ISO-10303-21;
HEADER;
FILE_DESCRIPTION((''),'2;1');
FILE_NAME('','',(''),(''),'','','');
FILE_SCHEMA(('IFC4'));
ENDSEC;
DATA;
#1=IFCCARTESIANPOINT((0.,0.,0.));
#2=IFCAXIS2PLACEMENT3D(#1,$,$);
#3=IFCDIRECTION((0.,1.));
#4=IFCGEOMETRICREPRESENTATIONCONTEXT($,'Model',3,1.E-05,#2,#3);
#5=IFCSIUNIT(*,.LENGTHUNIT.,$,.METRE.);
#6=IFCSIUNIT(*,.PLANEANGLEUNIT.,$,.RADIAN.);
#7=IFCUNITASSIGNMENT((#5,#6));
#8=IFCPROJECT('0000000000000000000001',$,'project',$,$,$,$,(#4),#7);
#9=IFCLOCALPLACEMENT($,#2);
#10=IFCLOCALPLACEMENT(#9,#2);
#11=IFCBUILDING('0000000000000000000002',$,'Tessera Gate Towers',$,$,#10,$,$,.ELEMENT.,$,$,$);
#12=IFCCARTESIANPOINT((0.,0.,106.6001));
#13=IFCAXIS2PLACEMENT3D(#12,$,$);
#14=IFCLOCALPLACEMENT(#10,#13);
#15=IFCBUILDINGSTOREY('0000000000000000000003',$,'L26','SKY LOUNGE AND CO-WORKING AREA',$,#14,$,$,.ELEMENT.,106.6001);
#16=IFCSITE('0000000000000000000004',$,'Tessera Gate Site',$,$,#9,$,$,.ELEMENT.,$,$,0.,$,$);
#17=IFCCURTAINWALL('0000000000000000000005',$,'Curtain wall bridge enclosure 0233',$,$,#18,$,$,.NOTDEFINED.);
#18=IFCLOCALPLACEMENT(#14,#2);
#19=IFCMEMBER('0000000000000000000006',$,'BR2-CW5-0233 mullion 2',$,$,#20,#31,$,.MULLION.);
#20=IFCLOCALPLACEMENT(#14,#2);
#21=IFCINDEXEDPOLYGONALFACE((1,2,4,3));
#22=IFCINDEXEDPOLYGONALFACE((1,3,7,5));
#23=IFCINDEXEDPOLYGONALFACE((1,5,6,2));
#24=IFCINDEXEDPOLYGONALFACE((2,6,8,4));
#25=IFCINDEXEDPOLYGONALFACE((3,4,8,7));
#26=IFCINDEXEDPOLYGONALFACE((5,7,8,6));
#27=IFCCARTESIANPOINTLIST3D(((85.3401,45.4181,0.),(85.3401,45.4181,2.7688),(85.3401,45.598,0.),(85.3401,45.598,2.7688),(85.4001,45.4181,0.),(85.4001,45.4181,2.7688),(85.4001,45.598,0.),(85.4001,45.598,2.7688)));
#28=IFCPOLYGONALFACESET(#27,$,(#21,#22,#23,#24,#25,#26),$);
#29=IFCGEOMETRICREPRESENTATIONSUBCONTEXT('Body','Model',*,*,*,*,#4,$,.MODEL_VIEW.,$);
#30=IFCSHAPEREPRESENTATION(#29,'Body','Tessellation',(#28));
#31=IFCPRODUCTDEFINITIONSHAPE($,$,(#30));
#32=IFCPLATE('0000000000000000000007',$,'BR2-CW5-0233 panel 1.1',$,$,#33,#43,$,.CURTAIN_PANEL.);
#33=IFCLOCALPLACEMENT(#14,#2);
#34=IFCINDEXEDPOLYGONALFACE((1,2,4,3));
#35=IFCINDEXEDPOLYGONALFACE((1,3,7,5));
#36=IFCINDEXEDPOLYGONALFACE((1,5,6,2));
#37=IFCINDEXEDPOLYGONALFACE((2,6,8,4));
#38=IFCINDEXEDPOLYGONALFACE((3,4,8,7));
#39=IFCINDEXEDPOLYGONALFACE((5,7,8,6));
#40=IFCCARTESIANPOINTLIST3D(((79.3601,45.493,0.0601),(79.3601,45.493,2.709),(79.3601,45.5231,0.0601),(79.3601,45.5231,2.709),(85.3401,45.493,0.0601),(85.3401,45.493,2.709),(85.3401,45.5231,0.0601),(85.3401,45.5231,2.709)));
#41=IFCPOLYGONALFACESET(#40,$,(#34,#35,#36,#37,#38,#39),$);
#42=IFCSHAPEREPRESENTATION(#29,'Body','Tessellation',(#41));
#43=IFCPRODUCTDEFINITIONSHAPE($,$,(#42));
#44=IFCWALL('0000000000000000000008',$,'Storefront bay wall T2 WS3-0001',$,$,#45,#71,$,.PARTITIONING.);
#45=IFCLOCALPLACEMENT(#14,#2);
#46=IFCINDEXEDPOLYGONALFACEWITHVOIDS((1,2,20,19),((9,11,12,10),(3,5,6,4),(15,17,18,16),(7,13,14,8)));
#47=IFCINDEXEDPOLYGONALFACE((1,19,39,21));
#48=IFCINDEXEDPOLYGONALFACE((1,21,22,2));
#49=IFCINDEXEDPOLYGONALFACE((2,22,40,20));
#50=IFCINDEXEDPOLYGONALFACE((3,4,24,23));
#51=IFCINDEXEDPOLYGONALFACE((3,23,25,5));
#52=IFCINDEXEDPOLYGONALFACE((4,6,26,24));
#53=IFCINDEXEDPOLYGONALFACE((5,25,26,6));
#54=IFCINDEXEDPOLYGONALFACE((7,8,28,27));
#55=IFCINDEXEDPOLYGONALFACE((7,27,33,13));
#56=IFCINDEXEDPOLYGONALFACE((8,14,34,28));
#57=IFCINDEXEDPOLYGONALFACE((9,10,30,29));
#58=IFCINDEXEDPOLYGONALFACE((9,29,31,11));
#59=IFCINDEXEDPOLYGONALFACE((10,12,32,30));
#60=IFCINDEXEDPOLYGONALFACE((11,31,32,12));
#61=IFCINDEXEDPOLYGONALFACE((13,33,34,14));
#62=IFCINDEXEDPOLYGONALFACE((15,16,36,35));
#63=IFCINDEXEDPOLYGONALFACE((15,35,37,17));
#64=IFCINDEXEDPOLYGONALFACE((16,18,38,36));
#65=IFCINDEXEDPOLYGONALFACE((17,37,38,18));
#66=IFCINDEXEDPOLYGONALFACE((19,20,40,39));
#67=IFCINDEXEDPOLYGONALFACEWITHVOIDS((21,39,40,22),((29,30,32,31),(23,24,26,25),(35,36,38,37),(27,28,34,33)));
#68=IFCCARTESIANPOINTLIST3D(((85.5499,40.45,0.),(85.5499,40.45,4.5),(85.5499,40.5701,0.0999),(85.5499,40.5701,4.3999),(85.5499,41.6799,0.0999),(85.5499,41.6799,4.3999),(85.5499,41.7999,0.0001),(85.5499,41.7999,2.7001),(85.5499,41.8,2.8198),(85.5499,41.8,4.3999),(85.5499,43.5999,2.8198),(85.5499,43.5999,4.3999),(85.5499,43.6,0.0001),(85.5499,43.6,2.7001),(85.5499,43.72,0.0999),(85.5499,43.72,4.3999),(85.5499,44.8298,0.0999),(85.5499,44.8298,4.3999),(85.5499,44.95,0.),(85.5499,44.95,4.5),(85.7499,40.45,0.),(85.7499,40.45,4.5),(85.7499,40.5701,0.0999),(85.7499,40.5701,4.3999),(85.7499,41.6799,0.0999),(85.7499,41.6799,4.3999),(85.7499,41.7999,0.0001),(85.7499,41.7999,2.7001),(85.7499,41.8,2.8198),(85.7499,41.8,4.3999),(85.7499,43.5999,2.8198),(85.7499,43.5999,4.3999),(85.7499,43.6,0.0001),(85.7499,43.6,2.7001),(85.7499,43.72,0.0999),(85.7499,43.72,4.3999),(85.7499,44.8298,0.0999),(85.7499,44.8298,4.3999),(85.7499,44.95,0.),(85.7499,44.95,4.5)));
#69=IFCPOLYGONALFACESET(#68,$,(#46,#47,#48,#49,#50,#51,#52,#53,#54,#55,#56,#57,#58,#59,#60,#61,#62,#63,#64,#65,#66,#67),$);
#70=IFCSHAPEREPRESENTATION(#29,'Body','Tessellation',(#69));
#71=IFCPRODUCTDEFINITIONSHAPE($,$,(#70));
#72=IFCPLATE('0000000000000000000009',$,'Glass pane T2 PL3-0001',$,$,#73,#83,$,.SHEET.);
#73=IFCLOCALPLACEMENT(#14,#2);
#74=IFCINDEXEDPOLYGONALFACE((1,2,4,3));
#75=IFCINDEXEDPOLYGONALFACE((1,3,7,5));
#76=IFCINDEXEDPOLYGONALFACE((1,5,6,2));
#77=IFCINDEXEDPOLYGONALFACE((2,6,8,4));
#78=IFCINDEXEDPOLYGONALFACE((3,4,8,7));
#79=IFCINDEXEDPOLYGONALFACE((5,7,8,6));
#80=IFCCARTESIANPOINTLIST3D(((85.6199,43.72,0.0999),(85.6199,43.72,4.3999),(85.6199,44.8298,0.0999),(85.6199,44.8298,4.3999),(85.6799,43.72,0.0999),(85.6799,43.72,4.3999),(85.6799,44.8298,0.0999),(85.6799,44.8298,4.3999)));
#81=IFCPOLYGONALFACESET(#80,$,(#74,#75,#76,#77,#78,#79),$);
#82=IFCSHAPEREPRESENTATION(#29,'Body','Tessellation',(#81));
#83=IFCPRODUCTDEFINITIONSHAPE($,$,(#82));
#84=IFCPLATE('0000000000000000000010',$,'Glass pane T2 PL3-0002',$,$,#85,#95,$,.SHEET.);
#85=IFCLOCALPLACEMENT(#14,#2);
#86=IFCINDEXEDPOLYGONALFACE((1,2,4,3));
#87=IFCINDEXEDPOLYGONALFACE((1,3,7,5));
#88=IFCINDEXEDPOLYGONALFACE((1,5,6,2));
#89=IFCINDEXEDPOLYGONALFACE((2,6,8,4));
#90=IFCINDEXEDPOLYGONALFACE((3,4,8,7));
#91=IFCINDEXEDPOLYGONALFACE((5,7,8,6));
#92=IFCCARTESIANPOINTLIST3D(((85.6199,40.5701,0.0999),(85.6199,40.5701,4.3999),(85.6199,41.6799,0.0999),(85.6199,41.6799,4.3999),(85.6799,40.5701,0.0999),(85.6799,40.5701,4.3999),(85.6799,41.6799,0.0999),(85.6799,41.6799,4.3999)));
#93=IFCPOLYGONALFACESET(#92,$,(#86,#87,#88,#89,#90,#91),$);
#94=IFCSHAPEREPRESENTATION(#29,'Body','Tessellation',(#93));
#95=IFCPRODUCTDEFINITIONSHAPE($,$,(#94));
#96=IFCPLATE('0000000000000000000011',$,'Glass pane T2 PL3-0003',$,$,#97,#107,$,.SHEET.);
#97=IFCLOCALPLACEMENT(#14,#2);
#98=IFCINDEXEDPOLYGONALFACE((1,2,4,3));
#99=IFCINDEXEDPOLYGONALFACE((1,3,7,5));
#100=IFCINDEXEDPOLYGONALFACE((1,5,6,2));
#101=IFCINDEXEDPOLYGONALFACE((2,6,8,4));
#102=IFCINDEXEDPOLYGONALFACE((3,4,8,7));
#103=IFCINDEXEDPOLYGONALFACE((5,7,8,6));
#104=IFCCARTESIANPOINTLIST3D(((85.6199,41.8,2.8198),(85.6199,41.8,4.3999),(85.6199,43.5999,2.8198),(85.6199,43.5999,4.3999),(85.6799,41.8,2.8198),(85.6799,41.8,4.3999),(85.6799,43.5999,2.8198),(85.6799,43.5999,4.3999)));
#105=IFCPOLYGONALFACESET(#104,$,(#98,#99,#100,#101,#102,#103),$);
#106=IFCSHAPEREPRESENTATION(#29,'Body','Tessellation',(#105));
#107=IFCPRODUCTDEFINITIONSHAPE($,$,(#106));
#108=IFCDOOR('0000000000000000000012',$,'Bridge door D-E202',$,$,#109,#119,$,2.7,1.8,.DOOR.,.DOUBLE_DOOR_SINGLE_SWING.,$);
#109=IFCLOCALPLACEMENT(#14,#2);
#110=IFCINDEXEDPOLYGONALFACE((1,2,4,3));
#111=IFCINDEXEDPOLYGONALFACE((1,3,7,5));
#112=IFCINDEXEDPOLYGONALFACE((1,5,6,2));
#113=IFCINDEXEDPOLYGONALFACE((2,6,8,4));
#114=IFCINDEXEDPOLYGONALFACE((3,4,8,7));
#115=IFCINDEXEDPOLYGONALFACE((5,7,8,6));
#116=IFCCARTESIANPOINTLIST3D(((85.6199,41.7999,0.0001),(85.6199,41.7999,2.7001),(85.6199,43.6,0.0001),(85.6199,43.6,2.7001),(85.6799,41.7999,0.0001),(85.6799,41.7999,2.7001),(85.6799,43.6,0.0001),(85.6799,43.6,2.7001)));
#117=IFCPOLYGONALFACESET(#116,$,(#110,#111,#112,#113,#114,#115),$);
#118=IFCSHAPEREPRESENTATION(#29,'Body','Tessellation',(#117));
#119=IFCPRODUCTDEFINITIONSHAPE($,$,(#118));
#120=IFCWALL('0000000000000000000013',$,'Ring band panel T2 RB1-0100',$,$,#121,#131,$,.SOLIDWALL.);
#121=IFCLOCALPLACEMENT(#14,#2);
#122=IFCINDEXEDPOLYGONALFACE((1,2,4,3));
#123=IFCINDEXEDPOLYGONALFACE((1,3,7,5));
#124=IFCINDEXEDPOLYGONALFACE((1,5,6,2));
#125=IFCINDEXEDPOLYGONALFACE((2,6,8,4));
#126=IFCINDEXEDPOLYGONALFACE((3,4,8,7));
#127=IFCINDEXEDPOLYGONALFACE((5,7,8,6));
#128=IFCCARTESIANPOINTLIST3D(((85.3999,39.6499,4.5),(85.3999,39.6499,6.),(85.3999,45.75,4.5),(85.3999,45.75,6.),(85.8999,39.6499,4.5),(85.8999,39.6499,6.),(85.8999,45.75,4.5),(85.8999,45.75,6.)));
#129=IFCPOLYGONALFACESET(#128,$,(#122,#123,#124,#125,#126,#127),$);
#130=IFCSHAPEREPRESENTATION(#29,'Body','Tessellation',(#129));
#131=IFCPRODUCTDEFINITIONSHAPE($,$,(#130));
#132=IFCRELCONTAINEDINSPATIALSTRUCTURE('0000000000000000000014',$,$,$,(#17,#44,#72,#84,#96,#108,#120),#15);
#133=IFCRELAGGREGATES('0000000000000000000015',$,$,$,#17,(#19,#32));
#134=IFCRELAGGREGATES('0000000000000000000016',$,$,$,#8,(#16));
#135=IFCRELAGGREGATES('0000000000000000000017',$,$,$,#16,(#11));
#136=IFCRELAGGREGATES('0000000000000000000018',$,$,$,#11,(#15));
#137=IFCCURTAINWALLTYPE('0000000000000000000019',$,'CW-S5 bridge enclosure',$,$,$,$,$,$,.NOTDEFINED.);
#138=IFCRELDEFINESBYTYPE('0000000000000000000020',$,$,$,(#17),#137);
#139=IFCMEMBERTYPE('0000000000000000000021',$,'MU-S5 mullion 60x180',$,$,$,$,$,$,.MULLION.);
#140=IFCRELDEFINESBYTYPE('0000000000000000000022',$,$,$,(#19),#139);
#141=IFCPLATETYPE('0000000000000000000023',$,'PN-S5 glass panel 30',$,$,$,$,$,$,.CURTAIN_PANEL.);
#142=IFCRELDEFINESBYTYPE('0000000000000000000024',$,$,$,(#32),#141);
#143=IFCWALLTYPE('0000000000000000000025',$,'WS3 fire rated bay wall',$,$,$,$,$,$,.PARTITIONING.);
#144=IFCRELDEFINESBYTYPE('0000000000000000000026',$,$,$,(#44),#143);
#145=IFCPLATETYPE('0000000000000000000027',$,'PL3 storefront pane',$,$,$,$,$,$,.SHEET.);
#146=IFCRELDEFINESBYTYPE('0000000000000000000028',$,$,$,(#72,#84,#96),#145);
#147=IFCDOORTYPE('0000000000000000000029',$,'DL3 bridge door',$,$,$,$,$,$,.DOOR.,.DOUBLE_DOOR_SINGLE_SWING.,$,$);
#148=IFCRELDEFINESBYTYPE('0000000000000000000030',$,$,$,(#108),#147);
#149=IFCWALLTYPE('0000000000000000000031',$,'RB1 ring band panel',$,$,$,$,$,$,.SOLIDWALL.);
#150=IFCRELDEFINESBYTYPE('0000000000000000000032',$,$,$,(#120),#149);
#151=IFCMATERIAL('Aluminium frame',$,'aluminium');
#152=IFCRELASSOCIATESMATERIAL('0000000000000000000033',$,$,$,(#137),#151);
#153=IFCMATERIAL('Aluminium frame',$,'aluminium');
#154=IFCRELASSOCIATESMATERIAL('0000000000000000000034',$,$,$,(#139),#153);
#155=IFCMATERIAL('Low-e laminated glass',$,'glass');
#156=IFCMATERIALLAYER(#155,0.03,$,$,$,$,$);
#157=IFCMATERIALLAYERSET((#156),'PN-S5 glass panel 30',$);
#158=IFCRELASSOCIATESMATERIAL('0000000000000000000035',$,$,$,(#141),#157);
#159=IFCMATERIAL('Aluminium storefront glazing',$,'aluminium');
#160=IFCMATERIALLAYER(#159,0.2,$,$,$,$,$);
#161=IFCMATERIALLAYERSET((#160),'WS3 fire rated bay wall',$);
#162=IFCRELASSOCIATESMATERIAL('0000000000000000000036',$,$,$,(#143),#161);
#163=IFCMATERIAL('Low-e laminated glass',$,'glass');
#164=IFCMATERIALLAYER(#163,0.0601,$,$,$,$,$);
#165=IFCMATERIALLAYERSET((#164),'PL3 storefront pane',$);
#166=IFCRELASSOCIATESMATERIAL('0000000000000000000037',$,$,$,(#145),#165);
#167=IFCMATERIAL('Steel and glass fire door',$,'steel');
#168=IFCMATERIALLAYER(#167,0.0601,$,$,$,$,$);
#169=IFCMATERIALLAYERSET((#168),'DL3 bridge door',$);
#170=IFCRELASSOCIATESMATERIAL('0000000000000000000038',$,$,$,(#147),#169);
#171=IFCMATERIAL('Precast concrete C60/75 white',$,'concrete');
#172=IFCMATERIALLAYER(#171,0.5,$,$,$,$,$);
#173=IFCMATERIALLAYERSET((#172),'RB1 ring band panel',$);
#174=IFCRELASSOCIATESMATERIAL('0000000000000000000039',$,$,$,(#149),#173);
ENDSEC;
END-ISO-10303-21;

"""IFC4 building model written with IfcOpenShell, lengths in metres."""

from ifc_helpers import new_model, si_unit, direction, frame, frame_2d, origin, origin_2d, place, context, subcontext, project, spatial, polyline, rectangle, outline, extrude, source, transform, mapped, material, layer, layer_set, material_profile, profile_set, type_object, element, fill, aggregate, save


model = new_model("IFC4")

# Units and contexts
model_context = context("Model", 3, precision=1e-05, world=origin(), true_north=direction((0.0, 1.0)))
body_context = subcontext(model_context, "Body", "Model", "MODEL_VIEW")
ifc_project = project(units=[si_unit("LENGTHUNIT", "METRE"), si_unit("PLANEANGLEUNIT", "RADIAN")], contexts=[model_context])

# Site, building, storey
site_placement = place(None, origin())
site = spatial("IfcSite", under=ifc_project, at=site_placement, Name="Tessera Gate Site", CompositionType="ELEMENT", RefElevation=0.0)
building_placement = place(site_placement, origin())
building = spatial("IfcBuilding", under=site, at=building_placement, Name="Tessera Gate Towers", CompositionType="ELEMENT")
storey_placement = place(building_placement, frame((0.0, 0.0, 106.6001)))
storey = spatial("IfcBuildingStorey", under=building, at=storey_placement, Name="L26", Description="SKY LOUNGE AND CO-WORKING AREA", CompositionType="ELEMENT", Elevation=106.6001)

# Curtain wall, member, plate
ifc_material_1 = material(Name="Aluminium frame", Category="aluminium")
curtain_wall_type = type_object("IfcCurtainWallType", Name="CW-S5 bridge enclosure", PredefinedType="NOTDEFINED", material=ifc_material_1)
curtain_wall_placement = place(storey_placement, origin())
curtain_wall = element("IfcCurtainWall", 1, at=curtain_wall_placement, inside=storey, type_object=curtain_wall_type, Name="Curtain wall bridge enclosure 0233", PredefinedType="NOTDEFINED")
ifc_material_2 = material(Name="Aluminium frame", Category="aluminium")
ifc_material_profile_1 = material_profile(ifc_material_2, rectangle(XDim=0.0601, YDim=0.1799, at=origin_2d()), Name="AL 60x180")
ifc_profile_set_1 = profile_set([ifc_material_profile_1], Name="Aluminium frame")
member_type_1 = type_object("IfcMemberType", Name="MU-S5 mullion 60x180", PredefinedType="MULLION", material=ifc_profile_set_1)
member_1_placement = place(storey_placement, frame((85.3701, 45.5081, 0.0), z_axis=(0.0, 0.0, 1.0), x_axis=(1.0, 0.0, 0.0)))
member_1 = element("IfcMember", 2, at=member_1_placement, type_object=member_type_1, Name="BR2-CW5-0233 mullion 2", PredefinedType="MULLION", context=body_context, shape_type="SweptSolid", body=[
    extrude(rectangle(XDim=0.0601, YDim=0.1799, at=origin_2d()), origin(), (0.0, 0.0, 1.0), 2.7688),
])
ifc_material_3 = material(Name="Low-e laminated glass", Category="glass")
ifc_layer_1 = layer(ifc_material_3, 0.03)
ifc_layer_set_1 = layer_set([ifc_layer_1], Name="PN-S5 glass panel 30")
plate_type_1 = type_object("IfcPlateType", Name="PN-S5 glass panel 30", PredefinedType="CURTAIN_PANEL", material=ifc_layer_set_1)
plate_1_placement = place(storey_placement, frame((82.3501, 45.5081, 0.0601), z_axis=(0.0, 0.0, 1.0), x_axis=(1.0, 0.0, 0.0)))
plate_1 = element("IfcPlate", 3, at=plate_1_placement, type_object=plate_type_1, Name="BR2-CW5-0233 panel 1.1", PredefinedType="CURTAIN_PANEL", context=body_context, shape_type="SweptSolid", body=[
    extrude(rectangle(XDim=5.98, YDim=0.03, at=origin_2d()), origin(), (0.0, 0.0, 1.0), 2.6489),
])
aggregate(curtain_wall, [member_1, plate_1])

# Wall, openings, plates, door
ifc_material_4 = material(Name="Aluminium storefront glazing", Category="aluminium")
ifc_layer_2 = layer(ifc_material_4, 0.2)
ifc_layer_set_2 = layer_set([ifc_layer_2], Name="WS3 fire rated bay wall")
wall_type_1 = type_object("IfcWallType", Name="WS3 fire rated bay wall", PredefinedType="PARTITIONING", material=ifc_layer_set_2)
wall_1_placement = place(storey_placement, frame((85.6499, 44.95, 0.0), z_axis=(0.0, 0.0, 1.0), x_axis=(0.0, -1.0, 0.0)))
wall_1 = element("IfcWall", 4, at=wall_1_placement, inside=storey, type_object=wall_type_1, Name="Storefront bay wall T2 WS3-0001", PredefinedType="PARTITIONING", context=body_context, shape_type="SweptSolid", body=[
    extrude(rectangle(XDim=4.5, YDim=0.2, at=frame_2d((2.25, 0.0))), origin(), (0.0, 0.0, 1.0), 4.5),
])
shared_shape_1 = source(origin(), body_context, "Body", "SweptSolid", [
    extrude(rectangle(XDim=1.8, YDim=2.7, at=frame_2d((0.8999, 1.3501))), frame((0.0, 0.1099, 0.0), z_axis=(0.0, -1.0, 0.0), x_axis=(1.0, 0.0, 0.0)), (0.0, 0.0, 1.0), 0.22),
])
opening_1_placement = place(wall_1_placement, frame((1.3501, 0.0, 0.0)))
opening_1 = element("IfcOpeningElement", 5, at=opening_1_placement, cuts=wall_1, PredefinedType="OPENING", context=body_context, shape_type="MappedRepresentation", body=[
    mapped(shared_shape_1, transform((0.0, 0.0, 0.0), scale=1.0)),
])
shared_shape_2 = source(origin(), body_context, "Body", "SweptSolid", [
    extrude(outline(polyline([(0.1201, 0.0999), (1.23, 0.0999), (1.23, 4.3999), (0.1201, 4.3999), (0.1201, 0.0999)])), frame((0.0, 0.1099, 0.0), z_axis=(0.0, -1.0, 0.0), x_axis=(1.0, 0.0, 0.0)), (0.0, 0.0, 1.0), 0.22),
])
opening_2_placement = place(wall_1_placement, origin())
opening_2 = element("IfcOpeningElement", 6, at=opening_2_placement, cuts=wall_1, PredefinedType="OPENING", context=body_context, shape_type="MappedRepresentation", body=[
    mapped(shared_shape_2, transform((0.0, 0.0, 0.0), scale=1.0)),
])
shared_shape_3 = source(origin(), body_context, "Body", "SweptSolid", [
    extrude(outline(polyline([(3.27, 0.0999), (4.3799, 0.0999), (4.3799, 4.3999), (3.27, 4.3999), (3.27, 0.0999)])), frame((0.0, 0.1099, 0.0), z_axis=(0.0, -1.0, 0.0), x_axis=(1.0, 0.0, 0.0)), (0.0, 0.0, 1.0), 0.22),
])
opening_3_placement = place(wall_1_placement, origin())
opening_3 = element("IfcOpeningElement", 7, at=opening_3_placement, cuts=wall_1, PredefinedType="OPENING", context=body_context, shape_type="MappedRepresentation", body=[
    mapped(shared_shape_3, transform((0.0, 0.0, 0.0), scale=1.0)),
])
shared_shape_4 = source(origin(), body_context, "Body", "SweptSolid", [
    extrude(outline(polyline([(1.3501, 2.8198), (3.1499, 2.8198), (3.1499, 4.3999), (1.3501, 4.3999), (1.3501, 2.8198)])), frame((0.0, 0.1099, 0.0), z_axis=(0.0, -1.0, 0.0), x_axis=(1.0, 0.0, 0.0)), (0.0, 0.0, 1.0), 0.22),
])
opening_4_placement = place(wall_1_placement, origin())
opening_4 = element("IfcOpeningElement", 8, at=opening_4_placement, cuts=wall_1, PredefinedType="OPENING", context=body_context, shape_type="MappedRepresentation", body=[
    mapped(shared_shape_4, transform((0.0, 0.0, 0.0), scale=1.0)),
])
ifc_material_5 = material(Name="Low-e laminated glass", Category="glass")
ifc_layer_3 = layer(ifc_material_5, 0.0601)
ifc_layer_set_3 = layer_set([ifc_layer_3], Name="PL3 storefront pane")
plate_type_2 = type_object("IfcPlateType", Name="PL3 storefront pane", PredefinedType="SHEET", material=ifc_layer_set_3)
shared_shape_5 = source(origin(), body_context, "Body", "SweptSolid", [
    extrude(outline(polyline([(0.1201, 0.0999), (1.23, 0.0999), (1.23, 4.3999), (0.1201, 4.3999), (0.1201, 0.0999)])), frame((0.0, 0.03, 0.0), z_axis=(0.0, -1.0, 0.0), x_axis=(1.0, 0.0, 0.0)), (0.0, 0.0, 1.0), 0.0601),
])
plate_2_placement = place(opening_2_placement, origin())
plate_2 = element("IfcPlate", 9, at=plate_2_placement, inside=storey, type_object=plate_type_2, Name="Glass pane T2 PL3-0001", PredefinedType="SHEET", context=body_context, shape_type="MappedRepresentation", body=[
    mapped(shared_shape_5, transform((0.0, 0.0, 0.0), scale=1.0)),
])
fill(opening_2, plate_2)
shared_shape_6 = source(origin(), body_context, "Body", "SweptSolid", [
    extrude(outline(polyline([(3.27, 0.0999), (4.3799, 0.0999), (4.3799, 4.3999), (3.27, 4.3999), (3.27, 0.0999)])), frame((0.0, 0.03, 0.0), z_axis=(0.0, -1.0, 0.0), x_axis=(1.0, 0.0, 0.0)), (0.0, 0.0, 1.0), 0.0601),
])
plate_3_placement = place(opening_3_placement, origin())
plate_3 = element("IfcPlate", 10, at=plate_3_placement, inside=storey, type_object=plate_type_2, Name="Glass pane T2 PL3-0002", PredefinedType="SHEET", context=body_context, shape_type="MappedRepresentation", body=[
    mapped(shared_shape_6, transform((0.0, 0.0, 0.0), scale=1.0)),
])
fill(opening_3, plate_3)
shared_shape_7 = source(origin(), body_context, "Body", "SweptSolid", [
    extrude(outline(polyline([(1.3501, 2.8198), (3.1499, 2.8198), (3.1499, 4.3999), (1.3501, 4.3999), (1.3501, 2.8198)])), frame((0.0, 0.03, 0.0), z_axis=(0.0, -1.0, 0.0), x_axis=(1.0, 0.0, 0.0)), (0.0, 0.0, 1.0), 0.0601),
])
plate_4_placement = place(opening_4_placement, origin())
plate_4 = element("IfcPlate", 11, at=plate_4_placement, inside=storey, type_object=plate_type_2, Name="Glass pane T2 PL3-0003", PredefinedType="SHEET", context=body_context, shape_type="MappedRepresentation", body=[
    mapped(shared_shape_7, transform((0.0, 0.0, 0.0), scale=1.0)),
])
fill(opening_4, plate_4)
ifc_material_6 = material(Name="Steel and glass fire door", Category="steel")
ifc_layer_4 = layer(ifc_material_6, 0.0601)
ifc_layer_set_4 = layer_set([ifc_layer_4], Name="DL3 bridge door")
door_type = type_object("IfcDoorType", Name="DL3 bridge door", OperationType="DOUBLE_DOOR_SINGLE_SWING", PredefinedType="DOOR", material=ifc_layer_set_4)
shared_shape_8 = source(origin(), body_context, "Body", "SweptSolid", [
    extrude(rectangle(XDim=1.8, YDim=2.7, at=frame_2d((0.8999, 1.3501))), frame((0.0, 0.03, 0.0), z_axis=(0.0, -1.0, 0.0), x_axis=(1.0, 0.0, 0.0)), (0.0, 0.0, 1.0), 0.0601),
])
door_placement = place(opening_1_placement, origin())
door = element("IfcDoor", 12, at=door_placement, inside=storey, type_object=door_type, Name="Bridge door D-E202", OperationType="DOUBLE_DOOR_SINGLE_SWING", OverallHeight=2.7, OverallWidth=1.8, PredefinedType="DOOR", context=body_context, shape_type="MappedRepresentation", body=[
    mapped(shared_shape_8, transform((0.0, 0.0, 0.0), scale=1.0)),
])
fill(opening_1, door)

# Wall
ifc_material_7 = material(Name="Precast concrete C60/75 white", Category="concrete")
ifc_layer_5 = layer(ifc_material_7, 0.5)
ifc_layer_set_5 = layer_set([ifc_layer_5], Name="RB1 ring band panel")
wall_type_2 = type_object("IfcWallType", Name="RB1 ring band panel", PredefinedType="SOLIDWALL", material=ifc_layer_set_5)
shared_shape_9 = source(origin(), body_context, "Body", "SweptSolid", [
    extrude(outline(polyline([(0.0, 0.0), (6.1001, 0.0), (6.1001, 1.5), (0.0, 1.5), (0.0, 0.0)])), frame((0.0, 0.25, 0.0), z_axis=(0.0, -1.0, 0.0), x_axis=(1.0, 0.0, 0.0)), (0.0, 0.0, 1.0), 0.5),
])
wall_2_placement = place(storey_placement, frame((85.6499, 45.75, 4.5), z_axis=(0.0, 0.0, 1.0), x_axis=(0.0, -1.0, 0.0)))
element("IfcWall", 13, at=wall_2_placement, inside=storey, type_object=wall_type_2, Name="Ring band panel T2 RB1-0100", PredefinedType="SOLIDWALL", context=body_context, shape_type="MappedRepresentation", body=[
    mapped(shared_shape_9, transform((0.0, 0.0, 0.0), scale=1.0)),
])

save(model, "model.ifc")
